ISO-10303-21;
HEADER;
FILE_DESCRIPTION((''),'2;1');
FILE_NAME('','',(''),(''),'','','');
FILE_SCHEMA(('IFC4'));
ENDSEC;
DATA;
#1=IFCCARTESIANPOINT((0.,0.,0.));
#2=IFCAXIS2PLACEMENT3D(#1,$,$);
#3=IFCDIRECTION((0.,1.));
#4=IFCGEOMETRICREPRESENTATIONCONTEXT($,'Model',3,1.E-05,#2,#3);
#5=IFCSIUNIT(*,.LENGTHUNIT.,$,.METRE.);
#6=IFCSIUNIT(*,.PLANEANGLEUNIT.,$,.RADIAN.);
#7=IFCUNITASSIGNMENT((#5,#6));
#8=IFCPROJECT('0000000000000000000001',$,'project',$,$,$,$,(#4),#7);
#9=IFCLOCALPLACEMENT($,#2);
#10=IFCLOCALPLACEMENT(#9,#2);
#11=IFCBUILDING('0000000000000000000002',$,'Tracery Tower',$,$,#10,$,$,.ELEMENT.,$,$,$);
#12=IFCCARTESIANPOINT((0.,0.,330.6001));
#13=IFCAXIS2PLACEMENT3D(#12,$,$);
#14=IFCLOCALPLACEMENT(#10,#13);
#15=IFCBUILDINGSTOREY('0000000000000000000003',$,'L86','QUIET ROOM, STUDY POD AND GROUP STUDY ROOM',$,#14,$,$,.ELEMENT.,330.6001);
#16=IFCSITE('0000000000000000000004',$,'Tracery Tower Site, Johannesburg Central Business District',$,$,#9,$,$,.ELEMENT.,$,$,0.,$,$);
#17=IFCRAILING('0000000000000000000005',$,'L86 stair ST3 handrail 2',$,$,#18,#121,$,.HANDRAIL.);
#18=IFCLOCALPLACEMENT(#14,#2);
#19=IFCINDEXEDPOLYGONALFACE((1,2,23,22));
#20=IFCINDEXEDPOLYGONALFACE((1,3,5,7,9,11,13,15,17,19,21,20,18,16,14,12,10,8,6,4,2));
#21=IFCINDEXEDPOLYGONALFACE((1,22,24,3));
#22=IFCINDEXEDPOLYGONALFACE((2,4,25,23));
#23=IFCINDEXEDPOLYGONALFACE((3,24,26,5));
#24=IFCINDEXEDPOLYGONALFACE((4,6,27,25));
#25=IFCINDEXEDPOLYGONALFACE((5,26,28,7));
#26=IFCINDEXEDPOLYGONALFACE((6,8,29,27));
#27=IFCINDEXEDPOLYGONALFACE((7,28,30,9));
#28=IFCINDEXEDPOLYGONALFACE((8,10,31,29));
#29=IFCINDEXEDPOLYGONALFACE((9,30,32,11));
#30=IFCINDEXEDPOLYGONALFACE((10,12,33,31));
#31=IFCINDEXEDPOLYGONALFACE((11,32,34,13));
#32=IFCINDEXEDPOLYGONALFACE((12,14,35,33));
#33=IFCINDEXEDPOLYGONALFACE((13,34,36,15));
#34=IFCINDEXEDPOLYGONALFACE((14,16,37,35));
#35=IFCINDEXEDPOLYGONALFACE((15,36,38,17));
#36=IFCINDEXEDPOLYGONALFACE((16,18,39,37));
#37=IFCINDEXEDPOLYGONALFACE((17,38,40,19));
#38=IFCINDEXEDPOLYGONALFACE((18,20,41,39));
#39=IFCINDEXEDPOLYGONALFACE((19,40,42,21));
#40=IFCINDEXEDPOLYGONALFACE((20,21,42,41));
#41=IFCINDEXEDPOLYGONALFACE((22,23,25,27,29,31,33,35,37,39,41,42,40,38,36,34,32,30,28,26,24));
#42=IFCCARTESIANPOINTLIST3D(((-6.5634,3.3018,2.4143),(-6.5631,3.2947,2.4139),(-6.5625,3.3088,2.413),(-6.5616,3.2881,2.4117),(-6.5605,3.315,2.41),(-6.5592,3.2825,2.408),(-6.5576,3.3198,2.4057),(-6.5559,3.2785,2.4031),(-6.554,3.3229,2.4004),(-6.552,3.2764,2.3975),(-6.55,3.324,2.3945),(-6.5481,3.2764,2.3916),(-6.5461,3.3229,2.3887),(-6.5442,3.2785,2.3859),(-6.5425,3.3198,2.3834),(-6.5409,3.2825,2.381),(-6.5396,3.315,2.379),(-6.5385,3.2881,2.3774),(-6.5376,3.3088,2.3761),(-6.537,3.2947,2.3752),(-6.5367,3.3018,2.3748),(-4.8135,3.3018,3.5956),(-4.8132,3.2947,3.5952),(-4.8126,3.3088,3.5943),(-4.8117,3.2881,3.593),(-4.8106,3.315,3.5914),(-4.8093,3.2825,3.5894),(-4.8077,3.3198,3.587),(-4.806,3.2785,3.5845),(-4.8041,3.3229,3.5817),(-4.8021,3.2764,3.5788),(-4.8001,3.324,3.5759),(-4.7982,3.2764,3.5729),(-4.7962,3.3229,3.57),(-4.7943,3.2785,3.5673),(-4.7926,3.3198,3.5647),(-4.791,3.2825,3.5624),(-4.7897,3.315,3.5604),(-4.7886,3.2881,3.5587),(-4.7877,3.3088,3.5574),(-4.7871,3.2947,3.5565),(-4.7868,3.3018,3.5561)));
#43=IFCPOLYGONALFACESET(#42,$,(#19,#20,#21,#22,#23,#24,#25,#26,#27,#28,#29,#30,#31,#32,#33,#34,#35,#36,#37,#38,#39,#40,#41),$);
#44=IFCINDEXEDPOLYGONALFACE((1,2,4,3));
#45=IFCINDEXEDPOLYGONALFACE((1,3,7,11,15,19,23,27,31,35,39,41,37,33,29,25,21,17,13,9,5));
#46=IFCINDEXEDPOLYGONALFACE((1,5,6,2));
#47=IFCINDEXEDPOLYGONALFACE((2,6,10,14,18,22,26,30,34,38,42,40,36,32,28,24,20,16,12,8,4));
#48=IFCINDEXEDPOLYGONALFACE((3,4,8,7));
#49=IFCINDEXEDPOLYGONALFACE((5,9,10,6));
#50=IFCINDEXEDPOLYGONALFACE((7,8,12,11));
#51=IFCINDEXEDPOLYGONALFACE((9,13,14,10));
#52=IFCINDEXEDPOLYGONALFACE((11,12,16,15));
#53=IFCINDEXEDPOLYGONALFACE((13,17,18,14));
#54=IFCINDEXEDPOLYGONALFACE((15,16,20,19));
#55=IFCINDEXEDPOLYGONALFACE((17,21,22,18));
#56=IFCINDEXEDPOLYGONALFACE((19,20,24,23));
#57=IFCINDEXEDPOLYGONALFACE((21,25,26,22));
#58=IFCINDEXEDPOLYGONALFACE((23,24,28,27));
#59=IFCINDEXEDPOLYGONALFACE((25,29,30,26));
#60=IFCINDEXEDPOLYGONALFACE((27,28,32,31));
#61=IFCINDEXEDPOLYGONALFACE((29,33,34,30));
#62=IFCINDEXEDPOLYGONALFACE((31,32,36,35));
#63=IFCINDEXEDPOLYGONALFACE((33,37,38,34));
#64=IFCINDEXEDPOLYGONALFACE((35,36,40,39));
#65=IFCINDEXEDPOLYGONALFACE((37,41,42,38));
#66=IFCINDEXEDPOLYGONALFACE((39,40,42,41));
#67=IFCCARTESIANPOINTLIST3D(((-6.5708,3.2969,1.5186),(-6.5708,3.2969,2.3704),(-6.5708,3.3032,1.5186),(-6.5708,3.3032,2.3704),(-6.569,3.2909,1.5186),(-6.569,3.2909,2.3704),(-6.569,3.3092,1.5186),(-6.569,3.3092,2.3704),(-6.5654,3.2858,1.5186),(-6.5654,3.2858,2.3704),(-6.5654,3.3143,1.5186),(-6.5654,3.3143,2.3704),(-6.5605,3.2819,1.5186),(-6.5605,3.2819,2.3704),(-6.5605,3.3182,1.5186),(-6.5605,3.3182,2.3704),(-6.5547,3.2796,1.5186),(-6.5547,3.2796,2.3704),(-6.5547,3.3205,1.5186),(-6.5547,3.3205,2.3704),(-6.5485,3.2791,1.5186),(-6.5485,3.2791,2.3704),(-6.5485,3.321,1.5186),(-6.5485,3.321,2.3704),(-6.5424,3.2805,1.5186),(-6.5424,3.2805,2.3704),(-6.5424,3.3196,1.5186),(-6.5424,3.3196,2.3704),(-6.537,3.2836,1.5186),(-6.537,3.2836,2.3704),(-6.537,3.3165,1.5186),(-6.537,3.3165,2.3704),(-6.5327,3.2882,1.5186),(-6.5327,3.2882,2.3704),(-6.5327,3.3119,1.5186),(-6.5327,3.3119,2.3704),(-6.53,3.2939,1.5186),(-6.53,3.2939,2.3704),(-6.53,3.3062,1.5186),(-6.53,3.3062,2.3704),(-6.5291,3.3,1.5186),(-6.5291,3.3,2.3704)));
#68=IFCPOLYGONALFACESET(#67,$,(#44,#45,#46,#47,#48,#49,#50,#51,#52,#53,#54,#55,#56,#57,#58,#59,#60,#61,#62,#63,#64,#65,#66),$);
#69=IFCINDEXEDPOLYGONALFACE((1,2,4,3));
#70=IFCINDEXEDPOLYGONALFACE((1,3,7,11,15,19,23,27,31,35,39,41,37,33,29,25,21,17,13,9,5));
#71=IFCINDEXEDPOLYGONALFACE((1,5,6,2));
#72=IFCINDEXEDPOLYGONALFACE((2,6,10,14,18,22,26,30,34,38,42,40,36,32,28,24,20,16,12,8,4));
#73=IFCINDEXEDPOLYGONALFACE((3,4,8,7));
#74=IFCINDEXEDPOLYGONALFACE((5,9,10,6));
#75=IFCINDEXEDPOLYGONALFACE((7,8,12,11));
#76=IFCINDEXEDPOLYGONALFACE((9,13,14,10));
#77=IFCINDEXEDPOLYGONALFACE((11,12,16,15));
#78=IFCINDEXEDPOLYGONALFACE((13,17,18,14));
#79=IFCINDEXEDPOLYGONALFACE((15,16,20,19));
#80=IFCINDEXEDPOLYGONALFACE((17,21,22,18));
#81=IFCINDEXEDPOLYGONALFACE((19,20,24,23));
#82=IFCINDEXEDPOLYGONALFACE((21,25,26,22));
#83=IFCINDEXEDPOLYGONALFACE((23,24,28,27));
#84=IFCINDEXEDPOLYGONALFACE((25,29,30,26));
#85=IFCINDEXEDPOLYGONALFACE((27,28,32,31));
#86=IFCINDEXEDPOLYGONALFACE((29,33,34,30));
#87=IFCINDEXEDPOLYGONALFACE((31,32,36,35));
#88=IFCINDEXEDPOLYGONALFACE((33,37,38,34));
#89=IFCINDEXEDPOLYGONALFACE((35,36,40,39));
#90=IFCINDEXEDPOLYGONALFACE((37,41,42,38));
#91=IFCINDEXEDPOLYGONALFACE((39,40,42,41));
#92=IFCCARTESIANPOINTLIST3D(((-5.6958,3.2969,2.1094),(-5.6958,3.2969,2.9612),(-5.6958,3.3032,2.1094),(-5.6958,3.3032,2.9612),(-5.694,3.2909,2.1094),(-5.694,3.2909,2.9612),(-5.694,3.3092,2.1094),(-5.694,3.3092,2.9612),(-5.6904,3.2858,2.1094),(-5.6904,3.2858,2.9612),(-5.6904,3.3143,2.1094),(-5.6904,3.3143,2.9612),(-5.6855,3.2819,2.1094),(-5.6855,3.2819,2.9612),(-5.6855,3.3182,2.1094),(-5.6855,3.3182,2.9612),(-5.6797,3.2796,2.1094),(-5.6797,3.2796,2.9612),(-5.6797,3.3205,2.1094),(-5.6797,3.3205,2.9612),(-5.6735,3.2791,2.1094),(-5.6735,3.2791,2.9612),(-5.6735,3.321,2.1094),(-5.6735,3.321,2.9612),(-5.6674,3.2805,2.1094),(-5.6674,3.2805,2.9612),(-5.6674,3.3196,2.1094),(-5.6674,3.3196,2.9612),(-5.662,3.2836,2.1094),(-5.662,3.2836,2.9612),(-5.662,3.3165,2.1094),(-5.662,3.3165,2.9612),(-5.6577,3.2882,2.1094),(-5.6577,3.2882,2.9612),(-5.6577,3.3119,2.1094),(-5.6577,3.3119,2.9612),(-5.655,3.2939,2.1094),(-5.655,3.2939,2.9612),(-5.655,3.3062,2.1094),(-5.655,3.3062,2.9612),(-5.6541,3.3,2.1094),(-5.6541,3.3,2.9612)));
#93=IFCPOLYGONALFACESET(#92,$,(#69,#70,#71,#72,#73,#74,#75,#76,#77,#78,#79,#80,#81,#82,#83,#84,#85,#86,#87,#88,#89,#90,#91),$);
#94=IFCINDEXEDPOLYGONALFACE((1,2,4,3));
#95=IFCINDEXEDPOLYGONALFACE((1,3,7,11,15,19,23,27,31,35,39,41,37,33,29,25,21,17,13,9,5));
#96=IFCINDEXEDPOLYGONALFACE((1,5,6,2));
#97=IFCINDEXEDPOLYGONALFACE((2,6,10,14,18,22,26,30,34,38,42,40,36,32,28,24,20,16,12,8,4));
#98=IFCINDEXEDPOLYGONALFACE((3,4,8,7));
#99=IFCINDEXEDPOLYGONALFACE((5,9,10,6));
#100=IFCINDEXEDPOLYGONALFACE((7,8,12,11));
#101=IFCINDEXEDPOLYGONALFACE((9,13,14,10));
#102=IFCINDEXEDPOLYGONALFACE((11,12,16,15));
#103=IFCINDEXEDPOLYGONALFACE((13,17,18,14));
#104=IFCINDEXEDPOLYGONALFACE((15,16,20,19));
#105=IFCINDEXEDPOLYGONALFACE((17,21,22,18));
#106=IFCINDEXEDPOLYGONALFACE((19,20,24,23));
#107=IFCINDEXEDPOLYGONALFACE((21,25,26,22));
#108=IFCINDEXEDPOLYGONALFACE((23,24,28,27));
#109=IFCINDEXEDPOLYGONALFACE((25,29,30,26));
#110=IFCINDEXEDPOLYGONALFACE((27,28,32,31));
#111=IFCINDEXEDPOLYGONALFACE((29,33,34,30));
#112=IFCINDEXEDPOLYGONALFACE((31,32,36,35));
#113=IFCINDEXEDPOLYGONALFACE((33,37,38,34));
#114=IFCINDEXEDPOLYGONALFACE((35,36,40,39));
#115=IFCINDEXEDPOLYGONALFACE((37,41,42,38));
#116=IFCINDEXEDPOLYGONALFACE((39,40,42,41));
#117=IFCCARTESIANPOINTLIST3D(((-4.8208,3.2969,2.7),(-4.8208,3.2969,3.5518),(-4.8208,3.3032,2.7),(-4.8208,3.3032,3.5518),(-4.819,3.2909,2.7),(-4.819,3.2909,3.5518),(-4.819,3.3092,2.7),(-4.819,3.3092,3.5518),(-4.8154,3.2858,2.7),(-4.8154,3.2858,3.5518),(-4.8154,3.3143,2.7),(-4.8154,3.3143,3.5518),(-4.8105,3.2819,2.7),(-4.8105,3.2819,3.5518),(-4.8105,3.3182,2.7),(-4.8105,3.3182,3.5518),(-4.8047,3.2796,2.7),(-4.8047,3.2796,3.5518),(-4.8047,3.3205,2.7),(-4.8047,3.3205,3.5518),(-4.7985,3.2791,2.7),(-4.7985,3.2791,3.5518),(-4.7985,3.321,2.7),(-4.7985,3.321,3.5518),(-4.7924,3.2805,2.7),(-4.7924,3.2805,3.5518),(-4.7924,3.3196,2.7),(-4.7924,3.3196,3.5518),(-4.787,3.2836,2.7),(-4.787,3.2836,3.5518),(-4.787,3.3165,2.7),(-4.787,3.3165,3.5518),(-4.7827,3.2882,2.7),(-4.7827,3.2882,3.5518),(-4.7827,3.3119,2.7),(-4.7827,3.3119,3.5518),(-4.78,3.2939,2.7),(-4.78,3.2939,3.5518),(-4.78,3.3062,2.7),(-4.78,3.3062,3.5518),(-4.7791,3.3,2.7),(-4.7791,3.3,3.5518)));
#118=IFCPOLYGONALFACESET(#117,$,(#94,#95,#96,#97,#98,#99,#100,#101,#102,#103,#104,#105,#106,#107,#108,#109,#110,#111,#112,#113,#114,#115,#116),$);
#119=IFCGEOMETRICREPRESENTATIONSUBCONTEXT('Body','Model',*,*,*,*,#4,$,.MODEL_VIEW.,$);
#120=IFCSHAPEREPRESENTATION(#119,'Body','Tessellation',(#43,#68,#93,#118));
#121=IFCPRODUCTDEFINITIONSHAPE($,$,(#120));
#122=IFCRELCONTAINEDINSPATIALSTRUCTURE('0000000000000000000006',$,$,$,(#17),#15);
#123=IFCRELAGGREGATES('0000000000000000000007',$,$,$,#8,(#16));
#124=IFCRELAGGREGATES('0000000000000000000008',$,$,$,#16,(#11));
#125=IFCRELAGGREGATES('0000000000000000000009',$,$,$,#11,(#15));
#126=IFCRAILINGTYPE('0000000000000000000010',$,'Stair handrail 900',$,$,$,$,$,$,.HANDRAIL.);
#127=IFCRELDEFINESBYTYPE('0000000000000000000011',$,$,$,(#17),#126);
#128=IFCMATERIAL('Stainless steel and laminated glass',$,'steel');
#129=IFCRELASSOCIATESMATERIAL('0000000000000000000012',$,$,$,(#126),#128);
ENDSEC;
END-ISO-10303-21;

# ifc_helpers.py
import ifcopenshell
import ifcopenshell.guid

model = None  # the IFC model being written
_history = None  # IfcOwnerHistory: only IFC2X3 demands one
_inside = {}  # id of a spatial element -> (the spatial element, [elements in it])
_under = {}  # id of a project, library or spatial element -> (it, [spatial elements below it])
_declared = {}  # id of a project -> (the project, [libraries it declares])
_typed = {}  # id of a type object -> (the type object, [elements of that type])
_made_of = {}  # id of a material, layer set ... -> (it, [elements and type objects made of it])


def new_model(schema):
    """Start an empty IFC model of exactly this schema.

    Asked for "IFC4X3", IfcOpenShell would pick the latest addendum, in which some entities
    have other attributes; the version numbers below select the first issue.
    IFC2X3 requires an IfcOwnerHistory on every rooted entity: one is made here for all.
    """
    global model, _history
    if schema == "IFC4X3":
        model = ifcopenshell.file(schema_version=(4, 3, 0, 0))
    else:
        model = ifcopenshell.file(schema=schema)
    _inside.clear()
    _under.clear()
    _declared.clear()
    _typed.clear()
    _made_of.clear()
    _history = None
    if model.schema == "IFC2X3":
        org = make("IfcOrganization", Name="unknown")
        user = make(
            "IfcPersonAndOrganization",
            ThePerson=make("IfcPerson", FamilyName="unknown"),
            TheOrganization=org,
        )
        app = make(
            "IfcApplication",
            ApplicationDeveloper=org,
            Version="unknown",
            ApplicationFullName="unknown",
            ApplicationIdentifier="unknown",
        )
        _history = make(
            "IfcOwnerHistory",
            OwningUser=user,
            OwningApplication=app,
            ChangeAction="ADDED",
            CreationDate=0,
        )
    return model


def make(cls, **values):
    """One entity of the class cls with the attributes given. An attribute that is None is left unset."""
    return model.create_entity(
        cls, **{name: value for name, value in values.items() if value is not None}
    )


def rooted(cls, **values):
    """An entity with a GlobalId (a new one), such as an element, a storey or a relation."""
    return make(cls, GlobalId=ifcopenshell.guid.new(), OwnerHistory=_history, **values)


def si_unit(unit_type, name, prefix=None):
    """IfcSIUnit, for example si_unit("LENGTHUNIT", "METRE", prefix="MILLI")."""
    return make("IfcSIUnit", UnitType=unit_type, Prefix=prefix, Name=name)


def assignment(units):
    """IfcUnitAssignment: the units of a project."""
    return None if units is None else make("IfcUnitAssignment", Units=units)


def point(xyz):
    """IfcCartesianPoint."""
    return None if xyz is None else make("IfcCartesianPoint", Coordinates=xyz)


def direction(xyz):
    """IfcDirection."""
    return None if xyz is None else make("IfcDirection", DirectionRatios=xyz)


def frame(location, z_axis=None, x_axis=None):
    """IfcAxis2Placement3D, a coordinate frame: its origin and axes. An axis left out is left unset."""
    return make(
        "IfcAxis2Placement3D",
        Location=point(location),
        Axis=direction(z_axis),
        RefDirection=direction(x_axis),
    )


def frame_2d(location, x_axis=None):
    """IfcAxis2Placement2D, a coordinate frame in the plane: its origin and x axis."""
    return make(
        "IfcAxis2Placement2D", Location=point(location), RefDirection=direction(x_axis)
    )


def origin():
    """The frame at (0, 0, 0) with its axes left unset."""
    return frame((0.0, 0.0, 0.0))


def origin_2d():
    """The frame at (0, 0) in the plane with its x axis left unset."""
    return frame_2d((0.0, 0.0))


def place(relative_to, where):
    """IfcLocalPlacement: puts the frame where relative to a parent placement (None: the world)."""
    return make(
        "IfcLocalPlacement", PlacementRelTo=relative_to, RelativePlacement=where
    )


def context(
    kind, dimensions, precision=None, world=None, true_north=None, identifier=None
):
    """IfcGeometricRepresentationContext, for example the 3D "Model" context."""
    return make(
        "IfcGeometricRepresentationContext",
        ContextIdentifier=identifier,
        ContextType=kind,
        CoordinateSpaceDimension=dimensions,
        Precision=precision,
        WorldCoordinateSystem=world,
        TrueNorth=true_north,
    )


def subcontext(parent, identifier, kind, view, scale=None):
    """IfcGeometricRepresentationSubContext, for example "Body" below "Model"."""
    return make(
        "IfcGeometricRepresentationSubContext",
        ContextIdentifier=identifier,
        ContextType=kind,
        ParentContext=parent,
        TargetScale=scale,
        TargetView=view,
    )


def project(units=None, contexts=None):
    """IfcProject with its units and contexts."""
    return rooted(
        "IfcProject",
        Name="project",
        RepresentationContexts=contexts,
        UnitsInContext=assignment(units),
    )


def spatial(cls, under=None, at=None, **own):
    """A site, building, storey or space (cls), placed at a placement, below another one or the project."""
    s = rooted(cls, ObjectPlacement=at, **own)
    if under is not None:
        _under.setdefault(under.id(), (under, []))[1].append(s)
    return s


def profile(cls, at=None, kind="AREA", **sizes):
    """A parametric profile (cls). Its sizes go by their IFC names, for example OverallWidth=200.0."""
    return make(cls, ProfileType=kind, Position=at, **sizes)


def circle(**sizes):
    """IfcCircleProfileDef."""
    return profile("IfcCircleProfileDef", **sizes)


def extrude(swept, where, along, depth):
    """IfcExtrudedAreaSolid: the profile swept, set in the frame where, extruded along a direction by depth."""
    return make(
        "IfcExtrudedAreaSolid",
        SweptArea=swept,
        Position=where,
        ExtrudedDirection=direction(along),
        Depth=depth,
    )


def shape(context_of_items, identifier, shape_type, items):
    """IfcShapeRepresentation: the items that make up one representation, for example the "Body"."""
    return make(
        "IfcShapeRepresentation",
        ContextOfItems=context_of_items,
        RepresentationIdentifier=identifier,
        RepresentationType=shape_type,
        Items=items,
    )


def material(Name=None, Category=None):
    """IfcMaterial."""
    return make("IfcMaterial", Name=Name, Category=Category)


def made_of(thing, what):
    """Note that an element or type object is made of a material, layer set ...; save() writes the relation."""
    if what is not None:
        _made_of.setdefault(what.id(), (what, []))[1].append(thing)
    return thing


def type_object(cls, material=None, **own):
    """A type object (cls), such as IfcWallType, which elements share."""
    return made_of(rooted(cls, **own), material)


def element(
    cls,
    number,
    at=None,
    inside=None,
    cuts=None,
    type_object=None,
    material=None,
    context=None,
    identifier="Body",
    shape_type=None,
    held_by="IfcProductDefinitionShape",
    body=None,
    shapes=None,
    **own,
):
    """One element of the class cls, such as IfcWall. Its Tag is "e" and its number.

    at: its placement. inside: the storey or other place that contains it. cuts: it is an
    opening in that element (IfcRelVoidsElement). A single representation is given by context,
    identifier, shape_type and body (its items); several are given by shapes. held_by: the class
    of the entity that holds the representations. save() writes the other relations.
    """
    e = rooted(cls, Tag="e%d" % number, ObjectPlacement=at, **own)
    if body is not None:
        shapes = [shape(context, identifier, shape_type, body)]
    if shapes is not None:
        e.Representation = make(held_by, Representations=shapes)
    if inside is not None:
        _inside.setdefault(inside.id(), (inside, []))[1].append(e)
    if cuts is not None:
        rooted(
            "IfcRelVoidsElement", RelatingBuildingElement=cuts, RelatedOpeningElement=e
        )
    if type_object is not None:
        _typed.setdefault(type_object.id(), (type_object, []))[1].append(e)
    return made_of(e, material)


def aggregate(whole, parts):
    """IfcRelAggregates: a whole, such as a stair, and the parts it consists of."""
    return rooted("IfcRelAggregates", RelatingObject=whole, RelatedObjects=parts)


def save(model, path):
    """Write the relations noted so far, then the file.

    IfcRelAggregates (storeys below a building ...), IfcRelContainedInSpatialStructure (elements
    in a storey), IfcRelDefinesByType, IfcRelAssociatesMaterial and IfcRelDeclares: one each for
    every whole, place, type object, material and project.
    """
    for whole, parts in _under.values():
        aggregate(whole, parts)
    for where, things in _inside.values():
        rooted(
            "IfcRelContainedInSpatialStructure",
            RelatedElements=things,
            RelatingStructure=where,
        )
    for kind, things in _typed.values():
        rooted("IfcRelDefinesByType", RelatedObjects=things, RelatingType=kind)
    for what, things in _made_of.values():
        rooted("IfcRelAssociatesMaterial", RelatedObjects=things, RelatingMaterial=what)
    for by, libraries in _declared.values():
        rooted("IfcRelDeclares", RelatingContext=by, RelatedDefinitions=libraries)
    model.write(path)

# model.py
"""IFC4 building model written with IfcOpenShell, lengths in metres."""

from ifc_helpers import new_model, si_unit, direction, frame, origin, origin_2d, place, context, subcontext, project, spatial, circle, extrude, material, type_object, element, save


model = new_model("IFC4")

# Units and contexts
model_context = context("Model", 3, precision=1e-05, world=origin(), true_north=direction((0.0, 1.0)))
body_context = subcontext(model_context, "Body", "Model", "MODEL_VIEW")
ifc_project = project(units=[si_unit("LENGTHUNIT", "METRE"), si_unit("PLANEANGLEUNIT", "RADIAN")], contexts=[model_context])

# Site, building, storey
site_placement = place(None, origin())
site = spatial("IfcSite", under=ifc_project, at=site_placement, Name="Tracery Tower Site, Johannesburg Central Business District", CompositionType="ELEMENT", RefElevation=0.0)
building_placement = place(site_placement, origin())
building = spatial("IfcBuilding", under=site, at=building_placement, Name="Tracery Tower", CompositionType="ELEMENT")
storey_placement = place(building_placement, frame((0.0, 0.0, 330.6001)))
storey = spatial("IfcBuildingStorey", under=building, at=storey_placement, Name="L86", Description="QUIET ROOM, STUDY POD AND GROUP STUDY ROOM", CompositionType="ELEMENT", Elevation=330.6001)

# Railing
ifc_material_1 = material(Name="Stainless steel and laminated glass", Category="steel")
railing_type_1 = type_object("IfcRailingType", Name="Stair handrail 900", PredefinedType="HANDRAIL", material=ifc_material_1)
railing_1_placement = place(storey_placement, frame((-6.55, 3.3, 1.5186)))
element("IfcRailing", 1, at=railing_1_placement, inside=storey, type_object=railing_type_1, Name="L86 stair ST3 handrail 2", PredefinedType="HANDRAIL", context=body_context, shape_type="SweptSolid", body=[
    extrude(circle(Radius=0.0239, at=origin_2d()), frame((0.0, 0.0, 0.876), z_axis=(0.828817, 0.0, 0.559521), x_axis=(0.0, 1.0, 0.0)), (0.0, 0.0, 1.0), 2.1113),
    extrude(circle(Radius=0.021, at=origin_2d()), origin(), (0.0, 0.0, 1.0), 0.8518),
    extrude(circle(Radius=0.021, at=origin_2d()), frame((0.875, 0.0, 0.5908)), (0.0, 0.0, 1.0), 0.8518),
    extrude(circle(Radius=0.021, at=origin_2d()), frame((1.75, 0.0, 1.1814)), (0.0, 0.0, 1.0), 0.8518),
])

save(model, "model.ifc")
